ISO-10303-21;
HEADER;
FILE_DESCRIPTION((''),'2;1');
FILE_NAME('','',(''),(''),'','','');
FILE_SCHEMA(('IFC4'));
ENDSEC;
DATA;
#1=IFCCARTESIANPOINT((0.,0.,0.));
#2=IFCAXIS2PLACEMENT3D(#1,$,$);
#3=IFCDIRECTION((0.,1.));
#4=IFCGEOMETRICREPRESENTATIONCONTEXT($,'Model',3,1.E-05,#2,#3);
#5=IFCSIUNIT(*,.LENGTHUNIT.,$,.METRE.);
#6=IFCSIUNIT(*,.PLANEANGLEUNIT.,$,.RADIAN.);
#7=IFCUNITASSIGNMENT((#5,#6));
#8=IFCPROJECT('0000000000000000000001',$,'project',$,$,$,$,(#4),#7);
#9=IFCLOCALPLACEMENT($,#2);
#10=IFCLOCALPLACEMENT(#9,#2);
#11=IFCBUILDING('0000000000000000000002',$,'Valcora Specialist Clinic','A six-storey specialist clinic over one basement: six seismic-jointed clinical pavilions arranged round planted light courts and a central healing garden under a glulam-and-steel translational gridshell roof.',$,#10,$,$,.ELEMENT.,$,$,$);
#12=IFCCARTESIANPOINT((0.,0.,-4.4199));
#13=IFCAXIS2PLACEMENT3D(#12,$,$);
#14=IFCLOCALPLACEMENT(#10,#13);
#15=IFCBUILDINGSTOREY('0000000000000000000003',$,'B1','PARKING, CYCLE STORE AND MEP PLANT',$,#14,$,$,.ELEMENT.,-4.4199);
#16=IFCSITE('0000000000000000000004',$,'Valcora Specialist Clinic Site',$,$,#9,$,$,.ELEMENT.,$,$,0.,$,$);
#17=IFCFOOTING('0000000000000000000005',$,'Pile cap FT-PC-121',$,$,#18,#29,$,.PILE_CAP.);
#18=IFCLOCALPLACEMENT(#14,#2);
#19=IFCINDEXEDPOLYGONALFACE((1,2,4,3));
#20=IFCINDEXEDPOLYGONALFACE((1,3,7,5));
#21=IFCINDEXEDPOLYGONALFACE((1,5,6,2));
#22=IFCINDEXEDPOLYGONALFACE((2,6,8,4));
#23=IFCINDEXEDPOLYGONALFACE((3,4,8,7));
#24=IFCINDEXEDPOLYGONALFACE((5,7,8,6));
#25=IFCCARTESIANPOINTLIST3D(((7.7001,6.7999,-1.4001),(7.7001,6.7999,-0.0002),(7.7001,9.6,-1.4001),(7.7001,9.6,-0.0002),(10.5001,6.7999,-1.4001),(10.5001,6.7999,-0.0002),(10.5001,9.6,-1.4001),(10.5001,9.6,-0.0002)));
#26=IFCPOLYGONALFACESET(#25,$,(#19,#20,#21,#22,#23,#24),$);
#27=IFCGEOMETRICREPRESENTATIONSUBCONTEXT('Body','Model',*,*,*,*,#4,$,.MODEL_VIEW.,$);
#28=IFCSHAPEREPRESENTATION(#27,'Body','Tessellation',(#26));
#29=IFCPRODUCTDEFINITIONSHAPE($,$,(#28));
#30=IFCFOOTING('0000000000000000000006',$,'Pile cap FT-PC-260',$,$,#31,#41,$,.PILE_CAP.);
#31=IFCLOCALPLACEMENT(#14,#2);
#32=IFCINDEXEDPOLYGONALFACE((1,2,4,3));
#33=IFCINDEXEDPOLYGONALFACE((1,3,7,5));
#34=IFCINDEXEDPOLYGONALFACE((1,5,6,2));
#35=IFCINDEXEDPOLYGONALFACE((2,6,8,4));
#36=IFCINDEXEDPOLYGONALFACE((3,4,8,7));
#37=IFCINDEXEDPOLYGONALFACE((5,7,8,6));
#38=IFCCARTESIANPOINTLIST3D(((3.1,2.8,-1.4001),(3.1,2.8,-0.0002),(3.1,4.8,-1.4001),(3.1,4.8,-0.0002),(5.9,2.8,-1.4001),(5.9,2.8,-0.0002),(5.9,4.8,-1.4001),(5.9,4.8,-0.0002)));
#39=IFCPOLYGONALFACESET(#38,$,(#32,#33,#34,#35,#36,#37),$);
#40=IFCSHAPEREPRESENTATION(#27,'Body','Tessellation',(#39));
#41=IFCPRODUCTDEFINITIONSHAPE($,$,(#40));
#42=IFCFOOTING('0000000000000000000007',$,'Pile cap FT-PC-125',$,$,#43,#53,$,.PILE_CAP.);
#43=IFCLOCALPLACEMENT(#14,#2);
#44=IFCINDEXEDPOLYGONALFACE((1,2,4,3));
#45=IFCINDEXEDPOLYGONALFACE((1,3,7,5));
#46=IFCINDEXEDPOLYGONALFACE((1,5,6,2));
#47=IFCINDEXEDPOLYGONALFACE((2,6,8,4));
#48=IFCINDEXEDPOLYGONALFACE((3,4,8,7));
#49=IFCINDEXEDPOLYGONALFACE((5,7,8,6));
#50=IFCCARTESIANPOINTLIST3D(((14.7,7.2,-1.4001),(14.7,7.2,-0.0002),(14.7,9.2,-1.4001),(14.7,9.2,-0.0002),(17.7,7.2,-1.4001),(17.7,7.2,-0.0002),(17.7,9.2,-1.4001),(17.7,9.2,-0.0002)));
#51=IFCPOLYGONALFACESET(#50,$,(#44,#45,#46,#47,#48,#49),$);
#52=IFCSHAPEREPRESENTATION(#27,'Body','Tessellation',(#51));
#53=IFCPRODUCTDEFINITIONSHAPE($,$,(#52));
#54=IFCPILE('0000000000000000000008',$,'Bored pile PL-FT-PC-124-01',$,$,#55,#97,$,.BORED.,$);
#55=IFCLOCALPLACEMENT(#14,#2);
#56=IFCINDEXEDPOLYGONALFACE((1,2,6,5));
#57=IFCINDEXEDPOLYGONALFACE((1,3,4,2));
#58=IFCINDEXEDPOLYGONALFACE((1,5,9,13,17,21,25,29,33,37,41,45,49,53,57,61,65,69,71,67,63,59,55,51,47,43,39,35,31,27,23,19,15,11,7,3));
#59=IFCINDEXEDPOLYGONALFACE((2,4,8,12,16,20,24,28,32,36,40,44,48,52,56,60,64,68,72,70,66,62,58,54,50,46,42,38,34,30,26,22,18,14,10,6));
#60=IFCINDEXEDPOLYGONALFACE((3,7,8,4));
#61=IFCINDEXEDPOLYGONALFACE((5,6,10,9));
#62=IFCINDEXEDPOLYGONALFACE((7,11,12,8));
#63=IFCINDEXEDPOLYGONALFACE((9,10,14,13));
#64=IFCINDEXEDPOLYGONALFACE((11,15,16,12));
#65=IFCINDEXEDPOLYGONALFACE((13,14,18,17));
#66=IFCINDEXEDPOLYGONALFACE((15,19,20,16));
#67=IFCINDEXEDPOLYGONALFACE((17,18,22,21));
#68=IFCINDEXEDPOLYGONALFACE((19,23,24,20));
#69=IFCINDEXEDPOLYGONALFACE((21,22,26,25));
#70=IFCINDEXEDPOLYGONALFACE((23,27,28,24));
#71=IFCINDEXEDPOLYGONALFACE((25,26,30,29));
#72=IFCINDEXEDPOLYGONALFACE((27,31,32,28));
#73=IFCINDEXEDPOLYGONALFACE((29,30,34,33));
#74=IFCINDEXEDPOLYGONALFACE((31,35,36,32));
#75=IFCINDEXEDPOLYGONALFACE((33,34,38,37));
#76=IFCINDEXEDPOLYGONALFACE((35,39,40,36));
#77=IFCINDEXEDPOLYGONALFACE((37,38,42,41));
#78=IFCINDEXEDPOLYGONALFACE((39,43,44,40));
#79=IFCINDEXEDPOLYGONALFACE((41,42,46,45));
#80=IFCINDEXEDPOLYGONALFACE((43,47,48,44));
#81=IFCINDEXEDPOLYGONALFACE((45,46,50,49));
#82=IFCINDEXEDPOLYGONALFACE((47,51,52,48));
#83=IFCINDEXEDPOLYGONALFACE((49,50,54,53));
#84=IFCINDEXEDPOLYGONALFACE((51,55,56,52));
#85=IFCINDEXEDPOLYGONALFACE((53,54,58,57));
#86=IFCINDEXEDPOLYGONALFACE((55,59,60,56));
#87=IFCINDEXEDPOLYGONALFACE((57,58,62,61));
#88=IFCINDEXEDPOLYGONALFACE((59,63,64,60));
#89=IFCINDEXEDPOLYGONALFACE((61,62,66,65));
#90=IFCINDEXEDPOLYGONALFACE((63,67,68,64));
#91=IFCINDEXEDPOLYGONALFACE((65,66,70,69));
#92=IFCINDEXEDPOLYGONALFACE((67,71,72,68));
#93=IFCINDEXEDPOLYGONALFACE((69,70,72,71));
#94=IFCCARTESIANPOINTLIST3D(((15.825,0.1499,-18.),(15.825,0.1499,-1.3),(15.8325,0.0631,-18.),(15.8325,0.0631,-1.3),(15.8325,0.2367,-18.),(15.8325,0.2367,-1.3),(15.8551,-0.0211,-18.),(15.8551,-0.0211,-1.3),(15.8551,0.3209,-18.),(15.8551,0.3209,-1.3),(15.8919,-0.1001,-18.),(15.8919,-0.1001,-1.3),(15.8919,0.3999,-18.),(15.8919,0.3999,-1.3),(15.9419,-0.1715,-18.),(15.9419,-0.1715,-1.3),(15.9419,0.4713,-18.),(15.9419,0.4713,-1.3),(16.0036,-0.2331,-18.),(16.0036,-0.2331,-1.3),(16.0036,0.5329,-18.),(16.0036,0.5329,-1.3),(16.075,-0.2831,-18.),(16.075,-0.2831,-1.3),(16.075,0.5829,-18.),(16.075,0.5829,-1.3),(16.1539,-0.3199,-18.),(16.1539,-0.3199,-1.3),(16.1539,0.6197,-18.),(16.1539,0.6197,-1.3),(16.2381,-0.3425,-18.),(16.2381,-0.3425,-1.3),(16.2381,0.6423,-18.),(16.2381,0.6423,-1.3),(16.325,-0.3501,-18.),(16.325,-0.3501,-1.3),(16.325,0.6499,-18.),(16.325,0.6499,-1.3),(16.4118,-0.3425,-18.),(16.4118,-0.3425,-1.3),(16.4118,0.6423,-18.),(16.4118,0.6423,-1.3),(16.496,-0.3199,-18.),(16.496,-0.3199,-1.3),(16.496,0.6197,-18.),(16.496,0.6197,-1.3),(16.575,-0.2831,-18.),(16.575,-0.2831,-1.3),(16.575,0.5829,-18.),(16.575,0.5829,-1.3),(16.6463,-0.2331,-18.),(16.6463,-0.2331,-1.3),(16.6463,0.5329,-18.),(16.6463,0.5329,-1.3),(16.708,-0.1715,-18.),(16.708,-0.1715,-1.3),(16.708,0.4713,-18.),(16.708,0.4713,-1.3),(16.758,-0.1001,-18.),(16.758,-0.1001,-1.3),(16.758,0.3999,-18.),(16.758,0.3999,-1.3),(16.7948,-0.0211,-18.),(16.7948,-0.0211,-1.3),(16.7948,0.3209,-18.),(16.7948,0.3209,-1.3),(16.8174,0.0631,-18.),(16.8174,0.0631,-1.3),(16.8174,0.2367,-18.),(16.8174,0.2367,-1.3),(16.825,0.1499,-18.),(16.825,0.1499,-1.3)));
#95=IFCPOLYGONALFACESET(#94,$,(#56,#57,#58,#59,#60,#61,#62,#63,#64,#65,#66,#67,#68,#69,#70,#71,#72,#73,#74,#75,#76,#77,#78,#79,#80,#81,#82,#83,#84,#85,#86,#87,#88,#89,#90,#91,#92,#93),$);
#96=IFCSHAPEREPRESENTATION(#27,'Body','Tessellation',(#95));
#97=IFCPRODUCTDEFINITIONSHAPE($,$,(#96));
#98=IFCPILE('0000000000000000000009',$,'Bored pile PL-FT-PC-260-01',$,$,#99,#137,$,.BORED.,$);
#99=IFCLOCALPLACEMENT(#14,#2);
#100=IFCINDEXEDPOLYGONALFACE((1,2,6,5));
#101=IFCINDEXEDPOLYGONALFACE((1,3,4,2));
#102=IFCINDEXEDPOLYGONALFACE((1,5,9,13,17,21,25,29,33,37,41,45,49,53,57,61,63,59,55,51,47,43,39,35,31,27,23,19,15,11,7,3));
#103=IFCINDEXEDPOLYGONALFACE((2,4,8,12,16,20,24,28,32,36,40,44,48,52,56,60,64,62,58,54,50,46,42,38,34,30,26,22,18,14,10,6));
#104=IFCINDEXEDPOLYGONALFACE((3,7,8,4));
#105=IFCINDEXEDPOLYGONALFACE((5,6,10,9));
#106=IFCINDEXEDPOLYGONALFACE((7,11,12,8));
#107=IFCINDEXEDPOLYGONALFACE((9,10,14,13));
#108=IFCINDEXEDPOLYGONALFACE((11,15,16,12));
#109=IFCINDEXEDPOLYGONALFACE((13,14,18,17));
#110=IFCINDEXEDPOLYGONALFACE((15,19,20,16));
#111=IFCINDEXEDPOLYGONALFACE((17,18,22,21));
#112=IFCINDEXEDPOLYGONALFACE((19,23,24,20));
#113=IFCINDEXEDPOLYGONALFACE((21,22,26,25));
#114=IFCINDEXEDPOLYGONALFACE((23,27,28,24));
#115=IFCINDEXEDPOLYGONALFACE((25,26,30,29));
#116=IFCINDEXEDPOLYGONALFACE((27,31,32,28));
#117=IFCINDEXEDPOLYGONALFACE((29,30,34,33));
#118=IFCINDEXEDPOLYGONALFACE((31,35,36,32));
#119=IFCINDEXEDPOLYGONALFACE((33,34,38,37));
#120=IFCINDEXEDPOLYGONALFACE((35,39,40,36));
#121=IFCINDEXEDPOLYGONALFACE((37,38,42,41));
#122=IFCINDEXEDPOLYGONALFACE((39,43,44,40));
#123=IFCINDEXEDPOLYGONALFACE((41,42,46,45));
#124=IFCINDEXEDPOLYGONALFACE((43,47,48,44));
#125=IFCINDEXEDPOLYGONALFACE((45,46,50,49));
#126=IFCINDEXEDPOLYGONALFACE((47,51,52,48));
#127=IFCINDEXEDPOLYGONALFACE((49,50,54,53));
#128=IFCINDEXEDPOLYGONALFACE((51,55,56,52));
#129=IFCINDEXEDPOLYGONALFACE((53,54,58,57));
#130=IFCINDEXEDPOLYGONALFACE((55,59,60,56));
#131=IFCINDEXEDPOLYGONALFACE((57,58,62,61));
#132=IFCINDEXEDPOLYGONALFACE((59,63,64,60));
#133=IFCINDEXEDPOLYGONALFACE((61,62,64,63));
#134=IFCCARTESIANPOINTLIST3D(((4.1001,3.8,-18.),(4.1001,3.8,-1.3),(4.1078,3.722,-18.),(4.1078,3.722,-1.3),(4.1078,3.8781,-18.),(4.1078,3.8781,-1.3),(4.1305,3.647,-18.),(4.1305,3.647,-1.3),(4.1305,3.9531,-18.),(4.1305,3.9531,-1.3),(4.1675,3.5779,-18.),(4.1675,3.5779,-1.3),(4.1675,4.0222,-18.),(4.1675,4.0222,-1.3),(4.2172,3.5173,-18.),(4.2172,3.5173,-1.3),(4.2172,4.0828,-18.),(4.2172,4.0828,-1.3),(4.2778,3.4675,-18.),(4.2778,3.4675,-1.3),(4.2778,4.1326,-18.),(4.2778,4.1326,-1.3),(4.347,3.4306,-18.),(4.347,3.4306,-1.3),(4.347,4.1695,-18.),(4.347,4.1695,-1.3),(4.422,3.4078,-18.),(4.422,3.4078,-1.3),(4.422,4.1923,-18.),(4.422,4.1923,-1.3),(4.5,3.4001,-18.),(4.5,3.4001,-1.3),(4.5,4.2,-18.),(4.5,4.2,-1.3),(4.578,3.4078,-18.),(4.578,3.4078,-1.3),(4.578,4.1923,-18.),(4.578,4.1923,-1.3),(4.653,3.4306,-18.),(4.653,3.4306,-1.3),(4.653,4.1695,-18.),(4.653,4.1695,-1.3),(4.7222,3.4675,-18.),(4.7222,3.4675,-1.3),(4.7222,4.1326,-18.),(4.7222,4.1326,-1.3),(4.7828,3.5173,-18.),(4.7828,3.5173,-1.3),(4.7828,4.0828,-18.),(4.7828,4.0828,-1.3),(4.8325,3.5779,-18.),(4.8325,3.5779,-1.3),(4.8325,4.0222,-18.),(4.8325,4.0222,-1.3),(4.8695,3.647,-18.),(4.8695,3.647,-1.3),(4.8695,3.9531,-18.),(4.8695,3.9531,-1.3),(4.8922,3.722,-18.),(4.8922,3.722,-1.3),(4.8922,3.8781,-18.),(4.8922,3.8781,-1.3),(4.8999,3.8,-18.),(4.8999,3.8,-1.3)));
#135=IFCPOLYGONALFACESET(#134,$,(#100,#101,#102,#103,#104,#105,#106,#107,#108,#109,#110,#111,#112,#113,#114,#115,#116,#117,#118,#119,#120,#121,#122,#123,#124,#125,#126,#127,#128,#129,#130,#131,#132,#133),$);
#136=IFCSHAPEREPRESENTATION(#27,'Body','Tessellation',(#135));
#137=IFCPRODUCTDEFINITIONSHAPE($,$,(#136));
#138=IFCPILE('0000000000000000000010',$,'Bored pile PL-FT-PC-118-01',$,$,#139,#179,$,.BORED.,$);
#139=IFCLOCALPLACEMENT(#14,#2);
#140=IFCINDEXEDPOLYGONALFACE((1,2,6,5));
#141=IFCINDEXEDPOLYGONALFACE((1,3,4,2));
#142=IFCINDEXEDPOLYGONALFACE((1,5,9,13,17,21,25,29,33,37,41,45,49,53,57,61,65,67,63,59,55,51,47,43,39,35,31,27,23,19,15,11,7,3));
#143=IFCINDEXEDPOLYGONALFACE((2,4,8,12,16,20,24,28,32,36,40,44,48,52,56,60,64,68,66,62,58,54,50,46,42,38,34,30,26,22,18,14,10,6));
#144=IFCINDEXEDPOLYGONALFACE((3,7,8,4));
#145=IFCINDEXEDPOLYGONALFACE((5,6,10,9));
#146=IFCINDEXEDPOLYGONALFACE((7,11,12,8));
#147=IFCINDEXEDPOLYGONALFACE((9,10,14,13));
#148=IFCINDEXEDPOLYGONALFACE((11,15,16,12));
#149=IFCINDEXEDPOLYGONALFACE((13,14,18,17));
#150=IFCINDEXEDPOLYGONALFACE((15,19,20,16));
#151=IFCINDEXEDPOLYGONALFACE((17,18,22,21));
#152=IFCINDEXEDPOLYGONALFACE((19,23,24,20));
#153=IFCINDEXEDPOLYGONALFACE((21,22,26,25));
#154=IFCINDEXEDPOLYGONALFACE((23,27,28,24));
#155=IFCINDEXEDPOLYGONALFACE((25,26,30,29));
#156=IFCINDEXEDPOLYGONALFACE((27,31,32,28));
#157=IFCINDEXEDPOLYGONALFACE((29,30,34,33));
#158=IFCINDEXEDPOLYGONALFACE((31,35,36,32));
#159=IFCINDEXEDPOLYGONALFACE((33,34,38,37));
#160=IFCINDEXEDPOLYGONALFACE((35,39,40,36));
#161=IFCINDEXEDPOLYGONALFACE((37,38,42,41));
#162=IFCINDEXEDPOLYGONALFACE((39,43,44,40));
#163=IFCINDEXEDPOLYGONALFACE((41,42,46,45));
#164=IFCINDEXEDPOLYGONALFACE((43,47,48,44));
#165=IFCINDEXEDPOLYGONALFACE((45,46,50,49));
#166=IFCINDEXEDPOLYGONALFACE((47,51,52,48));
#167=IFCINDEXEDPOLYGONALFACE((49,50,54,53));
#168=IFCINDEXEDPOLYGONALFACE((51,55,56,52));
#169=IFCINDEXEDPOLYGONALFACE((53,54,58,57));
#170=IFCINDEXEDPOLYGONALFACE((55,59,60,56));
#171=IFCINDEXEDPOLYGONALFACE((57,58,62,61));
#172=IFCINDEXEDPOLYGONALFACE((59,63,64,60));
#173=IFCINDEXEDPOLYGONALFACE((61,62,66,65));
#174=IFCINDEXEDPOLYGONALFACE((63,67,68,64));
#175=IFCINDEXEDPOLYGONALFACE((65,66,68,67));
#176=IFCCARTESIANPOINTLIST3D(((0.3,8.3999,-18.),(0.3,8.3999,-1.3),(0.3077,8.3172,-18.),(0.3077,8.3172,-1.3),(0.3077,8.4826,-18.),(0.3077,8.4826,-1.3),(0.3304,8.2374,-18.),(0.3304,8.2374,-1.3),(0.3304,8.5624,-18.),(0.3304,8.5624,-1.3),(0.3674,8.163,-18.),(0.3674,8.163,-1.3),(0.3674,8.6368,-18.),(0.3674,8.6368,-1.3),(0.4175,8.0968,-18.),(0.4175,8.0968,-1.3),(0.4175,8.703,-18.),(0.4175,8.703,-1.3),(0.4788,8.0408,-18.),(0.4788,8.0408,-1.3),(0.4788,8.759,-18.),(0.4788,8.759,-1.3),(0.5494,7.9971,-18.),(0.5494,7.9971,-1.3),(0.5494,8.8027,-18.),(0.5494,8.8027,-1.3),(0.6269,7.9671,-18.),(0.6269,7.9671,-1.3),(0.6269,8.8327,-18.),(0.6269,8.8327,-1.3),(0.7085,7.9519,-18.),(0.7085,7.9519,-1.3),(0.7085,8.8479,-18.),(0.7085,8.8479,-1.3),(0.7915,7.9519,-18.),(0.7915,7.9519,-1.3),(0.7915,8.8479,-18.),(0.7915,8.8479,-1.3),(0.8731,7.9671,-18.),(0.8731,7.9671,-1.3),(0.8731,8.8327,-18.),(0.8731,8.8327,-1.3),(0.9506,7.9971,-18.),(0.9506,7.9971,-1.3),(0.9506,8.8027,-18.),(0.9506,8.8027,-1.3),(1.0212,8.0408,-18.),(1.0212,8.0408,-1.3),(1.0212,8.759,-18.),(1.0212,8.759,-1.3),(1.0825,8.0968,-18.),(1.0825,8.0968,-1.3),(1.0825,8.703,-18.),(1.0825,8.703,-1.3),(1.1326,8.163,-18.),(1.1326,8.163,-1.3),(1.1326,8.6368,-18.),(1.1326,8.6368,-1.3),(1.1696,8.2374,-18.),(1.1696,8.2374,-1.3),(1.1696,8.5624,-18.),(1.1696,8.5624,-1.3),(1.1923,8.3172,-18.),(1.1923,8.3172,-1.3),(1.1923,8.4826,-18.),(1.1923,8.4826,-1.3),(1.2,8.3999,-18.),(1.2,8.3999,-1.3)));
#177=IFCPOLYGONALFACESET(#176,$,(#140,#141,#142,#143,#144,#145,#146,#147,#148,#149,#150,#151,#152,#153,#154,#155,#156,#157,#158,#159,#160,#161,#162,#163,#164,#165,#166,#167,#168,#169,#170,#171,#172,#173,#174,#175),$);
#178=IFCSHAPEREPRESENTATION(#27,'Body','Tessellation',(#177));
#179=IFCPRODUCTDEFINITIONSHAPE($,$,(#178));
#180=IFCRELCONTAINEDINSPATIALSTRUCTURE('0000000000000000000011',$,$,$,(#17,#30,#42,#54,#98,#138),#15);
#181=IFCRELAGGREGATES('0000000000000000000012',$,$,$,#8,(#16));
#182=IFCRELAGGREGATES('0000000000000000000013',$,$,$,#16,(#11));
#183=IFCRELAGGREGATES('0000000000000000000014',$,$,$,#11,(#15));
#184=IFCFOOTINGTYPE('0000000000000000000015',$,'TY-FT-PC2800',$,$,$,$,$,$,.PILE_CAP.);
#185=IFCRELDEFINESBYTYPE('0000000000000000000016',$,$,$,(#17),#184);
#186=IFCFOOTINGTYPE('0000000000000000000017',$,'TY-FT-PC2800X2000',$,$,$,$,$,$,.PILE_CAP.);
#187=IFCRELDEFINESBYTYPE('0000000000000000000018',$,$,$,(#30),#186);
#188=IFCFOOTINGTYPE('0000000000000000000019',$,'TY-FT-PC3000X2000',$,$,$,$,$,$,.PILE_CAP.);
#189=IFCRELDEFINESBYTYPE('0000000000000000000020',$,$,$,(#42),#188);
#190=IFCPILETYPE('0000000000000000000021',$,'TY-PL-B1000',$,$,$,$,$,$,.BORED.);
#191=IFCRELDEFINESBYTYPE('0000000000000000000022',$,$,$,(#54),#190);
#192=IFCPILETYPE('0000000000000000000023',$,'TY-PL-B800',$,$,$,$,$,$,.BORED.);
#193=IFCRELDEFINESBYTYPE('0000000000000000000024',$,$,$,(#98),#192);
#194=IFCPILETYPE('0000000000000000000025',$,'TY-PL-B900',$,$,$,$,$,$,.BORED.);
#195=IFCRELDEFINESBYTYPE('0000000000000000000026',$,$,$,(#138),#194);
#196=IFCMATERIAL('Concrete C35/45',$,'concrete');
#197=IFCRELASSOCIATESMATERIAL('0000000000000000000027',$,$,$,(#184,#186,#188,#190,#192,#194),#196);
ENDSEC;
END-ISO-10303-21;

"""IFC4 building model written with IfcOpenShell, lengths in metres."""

from ifc_helpers import new_model, si_unit, direction, frame, origin, origin_2d, place, context, subcontext, project, spatial, rectangle, circle, extrude, material, material_profile, profile_set, type_object, element, save


model = new_model("IFC4")

# Units and contexts
model_context = context("Model", 3, precision=1e-05, world=origin(), true_north=direction((0.0, 1.0)))
body_context = subcontext(model_context, "Body", "Model", "MODEL_VIEW")
ifc_project = project(units=[si_unit("LENGTHUNIT", "METRE"), si_unit("PLANEANGLEUNIT", "RADIAN")], contexts=[model_context])

# Site, building, storey
site_placement = place(None, origin())
site = spatial("IfcSite", under=ifc_project, at=site_placement, Name="Valcora Specialist Clinic Site", CompositionType="ELEMENT", RefElevation=0.0)
building_placement = place(site_placement, origin())
building = spatial("IfcBuilding", under=site, at=building_placement, Name="Valcora Specialist Clinic", Description="A six-storey specialist clinic over one basement: six seismic-jointed clinical pavilions arranged round planted light courts and a central healing garden under a glulam-and-steel translational gridshell roof.", CompositionType="ELEMENT")
storey_placement = place(building_placement, frame((0.0, 0.0, -4.4199)))
storey = spatial("IfcBuildingStorey", under=building, at=storey_placement, Name="B1", Description="PARKING, CYCLE STORE AND MEP PLANT", CompositionType="ELEMENT", Elevation=-4.4199)

# Footings
ifc_material_1 = material(Name="Concrete C35/45", Category="concrete")
footing_type_1 = type_object("IfcFootingType", Name="TY-FT-PC2800", PredefinedType="PILE_CAP", material=ifc_material_1)
footing_1_placement = place(storey_placement, frame((9.1001, 8.2, -1.4001), z_axis=(0.0, 0.0, 1.0), x_axis=(1.0, 0.0, 0.0)))
element("IfcFooting", 1, at=footing_1_placement, inside=storey, type_object=footing_type_1, Name="Pile cap FT-PC-121", PredefinedType="PILE_CAP", context=body_context, shape_type="SweptSolid", body=[
    extrude(rectangle(XDim=2.8, YDim=2.8, at=origin_2d()), origin(), (0.0, 0.0, 1.0), 1.3999),
])
footing_type_2 = type_object("IfcFootingType", Name="TY-FT-PC2800X2000", PredefinedType="PILE_CAP", material=ifc_material_1)
footing_2_placement = place(storey_placement, frame((4.5, 3.8, -1.4001), z_axis=(0.0, 0.0, 1.0), x_axis=(1.0, 0.0, 0.0)))
element("IfcFooting", 2, at=footing_2_placement, inside=storey, type_object=footing_type_2, Name="Pile cap FT-PC-260", PredefinedType="PILE_CAP", context=body_context, shape_type="SweptSolid", body=[
    extrude(rectangle(XDim=2.8, YDim=2.0, at=origin_2d()), origin(), (0.0, 0.0, 1.0), 1.3999),
])
footing_type_3 = type_object("IfcFootingType", Name="TY-FT-PC3000X2000", PredefinedType="PILE_CAP", material=ifc_material_1)
footing_3_placement = place(storey_placement, frame((16.2, 8.2, -1.4001), z_axis=(0.0, 0.0, 1.0), x_axis=(1.0, 0.0, 0.0)))
element("IfcFooting", 3, at=footing_3_placement, inside=storey, type_object=footing_type_3, Name="Pile cap FT-PC-125", PredefinedType="PILE_CAP", context=body_context, shape_type="SweptSolid", body=[
    extrude(rectangle(XDim=3.0, YDim=2.0, at=origin_2d()), origin(), (0.0, 0.0, 1.0), 1.3999),
])

# Piles
ifc_material_profile_1 = material_profile(ifc_material_1, circle(Radius=0.5, at=origin_2d()), Name="RC-PIL-D1000")
ifc_profile_set_1 = profile_set([ifc_material_profile_1], Name="Concrete C35/45")
pile_type_1 = type_object("IfcPileType", Name="TY-PL-B1000", PredefinedType="BORED", material=ifc_profile_set_1)
pile_1_placement = place(storey_placement, frame((16.325, 0.1499, -1.3), z_axis=(0.0, 0.0, -1.0), x_axis=(1.0, 0.0, 0.0)))
element("IfcPile", 4, at=pile_1_placement, inside=storey, type_object=pile_type_1, Name="Bored pile PL-FT-PC-124-01", PredefinedType="BORED", context=body_context, shape_type="SweptSolid", body=[
    extrude(circle(Radius=0.5, at=origin_2d()), origin(), (0.0, 0.0, 1.0), 16.7),
])
ifc_material_profile_2 = material_profile(ifc_material_1, circle(Radius=0.3999, at=origin_2d()), Name="RC-PIL-D800")
ifc_profile_set_2 = profile_set([ifc_material_profile_2], Name="Concrete C35/45")
pile_type_2 = type_object("IfcPileType", Name="TY-PL-B800", PredefinedType="BORED", material=ifc_profile_set_2)
pile_2_placement = place(storey_placement, frame((4.5, 3.8, -1.3), z_axis=(0.0, 0.0, -1.0), x_axis=(1.0, 0.0, 0.0)))
element("IfcPile", 5, at=pile_2_placement, inside=storey, type_object=pile_type_2, Name="Bored pile PL-FT-PC-260-01", PredefinedType="BORED", context=body_context, shape_type="SweptSolid", body=[
    extrude(circle(Radius=0.3999, at=origin_2d()), origin(), (0.0, 0.0, 1.0), 16.7),
])
ifc_material_profile_3 = material_profile(ifc_material_1, circle(Radius=0.45, at=origin_2d()), Name="RC-PIL-D900")
ifc_profile_set_3 = profile_set([ifc_material_profile_3], Name="Concrete C35/45")
pile_type_3 = type_object("IfcPileType", Name="TY-PL-B900", PredefinedType="BORED", material=ifc_profile_set_3)
for number, where, z_axis, x_axis, name in (
    (6, (0.75, 8.3999, -1.3), (0.0, 0.0, -1.0), (1.0, 0.0, 0.0), "Bored pile PL-FT-PC-118-01"),
):
    element("IfcPile", number, at=place(storey_placement, frame(where, z_axis=z_axis, x_axis=x_axis)), inside=storey, type_object=pile_type_3, Name=name, PredefinedType="BORED", context=body_context, shape_type="SweptSolid", body=[
        extrude(circle(Radius=0.45, at=origin_2d()), origin(), (0.0, 0.0, 1.0), 16.7),
    ])

save(model, "model.ifc")
